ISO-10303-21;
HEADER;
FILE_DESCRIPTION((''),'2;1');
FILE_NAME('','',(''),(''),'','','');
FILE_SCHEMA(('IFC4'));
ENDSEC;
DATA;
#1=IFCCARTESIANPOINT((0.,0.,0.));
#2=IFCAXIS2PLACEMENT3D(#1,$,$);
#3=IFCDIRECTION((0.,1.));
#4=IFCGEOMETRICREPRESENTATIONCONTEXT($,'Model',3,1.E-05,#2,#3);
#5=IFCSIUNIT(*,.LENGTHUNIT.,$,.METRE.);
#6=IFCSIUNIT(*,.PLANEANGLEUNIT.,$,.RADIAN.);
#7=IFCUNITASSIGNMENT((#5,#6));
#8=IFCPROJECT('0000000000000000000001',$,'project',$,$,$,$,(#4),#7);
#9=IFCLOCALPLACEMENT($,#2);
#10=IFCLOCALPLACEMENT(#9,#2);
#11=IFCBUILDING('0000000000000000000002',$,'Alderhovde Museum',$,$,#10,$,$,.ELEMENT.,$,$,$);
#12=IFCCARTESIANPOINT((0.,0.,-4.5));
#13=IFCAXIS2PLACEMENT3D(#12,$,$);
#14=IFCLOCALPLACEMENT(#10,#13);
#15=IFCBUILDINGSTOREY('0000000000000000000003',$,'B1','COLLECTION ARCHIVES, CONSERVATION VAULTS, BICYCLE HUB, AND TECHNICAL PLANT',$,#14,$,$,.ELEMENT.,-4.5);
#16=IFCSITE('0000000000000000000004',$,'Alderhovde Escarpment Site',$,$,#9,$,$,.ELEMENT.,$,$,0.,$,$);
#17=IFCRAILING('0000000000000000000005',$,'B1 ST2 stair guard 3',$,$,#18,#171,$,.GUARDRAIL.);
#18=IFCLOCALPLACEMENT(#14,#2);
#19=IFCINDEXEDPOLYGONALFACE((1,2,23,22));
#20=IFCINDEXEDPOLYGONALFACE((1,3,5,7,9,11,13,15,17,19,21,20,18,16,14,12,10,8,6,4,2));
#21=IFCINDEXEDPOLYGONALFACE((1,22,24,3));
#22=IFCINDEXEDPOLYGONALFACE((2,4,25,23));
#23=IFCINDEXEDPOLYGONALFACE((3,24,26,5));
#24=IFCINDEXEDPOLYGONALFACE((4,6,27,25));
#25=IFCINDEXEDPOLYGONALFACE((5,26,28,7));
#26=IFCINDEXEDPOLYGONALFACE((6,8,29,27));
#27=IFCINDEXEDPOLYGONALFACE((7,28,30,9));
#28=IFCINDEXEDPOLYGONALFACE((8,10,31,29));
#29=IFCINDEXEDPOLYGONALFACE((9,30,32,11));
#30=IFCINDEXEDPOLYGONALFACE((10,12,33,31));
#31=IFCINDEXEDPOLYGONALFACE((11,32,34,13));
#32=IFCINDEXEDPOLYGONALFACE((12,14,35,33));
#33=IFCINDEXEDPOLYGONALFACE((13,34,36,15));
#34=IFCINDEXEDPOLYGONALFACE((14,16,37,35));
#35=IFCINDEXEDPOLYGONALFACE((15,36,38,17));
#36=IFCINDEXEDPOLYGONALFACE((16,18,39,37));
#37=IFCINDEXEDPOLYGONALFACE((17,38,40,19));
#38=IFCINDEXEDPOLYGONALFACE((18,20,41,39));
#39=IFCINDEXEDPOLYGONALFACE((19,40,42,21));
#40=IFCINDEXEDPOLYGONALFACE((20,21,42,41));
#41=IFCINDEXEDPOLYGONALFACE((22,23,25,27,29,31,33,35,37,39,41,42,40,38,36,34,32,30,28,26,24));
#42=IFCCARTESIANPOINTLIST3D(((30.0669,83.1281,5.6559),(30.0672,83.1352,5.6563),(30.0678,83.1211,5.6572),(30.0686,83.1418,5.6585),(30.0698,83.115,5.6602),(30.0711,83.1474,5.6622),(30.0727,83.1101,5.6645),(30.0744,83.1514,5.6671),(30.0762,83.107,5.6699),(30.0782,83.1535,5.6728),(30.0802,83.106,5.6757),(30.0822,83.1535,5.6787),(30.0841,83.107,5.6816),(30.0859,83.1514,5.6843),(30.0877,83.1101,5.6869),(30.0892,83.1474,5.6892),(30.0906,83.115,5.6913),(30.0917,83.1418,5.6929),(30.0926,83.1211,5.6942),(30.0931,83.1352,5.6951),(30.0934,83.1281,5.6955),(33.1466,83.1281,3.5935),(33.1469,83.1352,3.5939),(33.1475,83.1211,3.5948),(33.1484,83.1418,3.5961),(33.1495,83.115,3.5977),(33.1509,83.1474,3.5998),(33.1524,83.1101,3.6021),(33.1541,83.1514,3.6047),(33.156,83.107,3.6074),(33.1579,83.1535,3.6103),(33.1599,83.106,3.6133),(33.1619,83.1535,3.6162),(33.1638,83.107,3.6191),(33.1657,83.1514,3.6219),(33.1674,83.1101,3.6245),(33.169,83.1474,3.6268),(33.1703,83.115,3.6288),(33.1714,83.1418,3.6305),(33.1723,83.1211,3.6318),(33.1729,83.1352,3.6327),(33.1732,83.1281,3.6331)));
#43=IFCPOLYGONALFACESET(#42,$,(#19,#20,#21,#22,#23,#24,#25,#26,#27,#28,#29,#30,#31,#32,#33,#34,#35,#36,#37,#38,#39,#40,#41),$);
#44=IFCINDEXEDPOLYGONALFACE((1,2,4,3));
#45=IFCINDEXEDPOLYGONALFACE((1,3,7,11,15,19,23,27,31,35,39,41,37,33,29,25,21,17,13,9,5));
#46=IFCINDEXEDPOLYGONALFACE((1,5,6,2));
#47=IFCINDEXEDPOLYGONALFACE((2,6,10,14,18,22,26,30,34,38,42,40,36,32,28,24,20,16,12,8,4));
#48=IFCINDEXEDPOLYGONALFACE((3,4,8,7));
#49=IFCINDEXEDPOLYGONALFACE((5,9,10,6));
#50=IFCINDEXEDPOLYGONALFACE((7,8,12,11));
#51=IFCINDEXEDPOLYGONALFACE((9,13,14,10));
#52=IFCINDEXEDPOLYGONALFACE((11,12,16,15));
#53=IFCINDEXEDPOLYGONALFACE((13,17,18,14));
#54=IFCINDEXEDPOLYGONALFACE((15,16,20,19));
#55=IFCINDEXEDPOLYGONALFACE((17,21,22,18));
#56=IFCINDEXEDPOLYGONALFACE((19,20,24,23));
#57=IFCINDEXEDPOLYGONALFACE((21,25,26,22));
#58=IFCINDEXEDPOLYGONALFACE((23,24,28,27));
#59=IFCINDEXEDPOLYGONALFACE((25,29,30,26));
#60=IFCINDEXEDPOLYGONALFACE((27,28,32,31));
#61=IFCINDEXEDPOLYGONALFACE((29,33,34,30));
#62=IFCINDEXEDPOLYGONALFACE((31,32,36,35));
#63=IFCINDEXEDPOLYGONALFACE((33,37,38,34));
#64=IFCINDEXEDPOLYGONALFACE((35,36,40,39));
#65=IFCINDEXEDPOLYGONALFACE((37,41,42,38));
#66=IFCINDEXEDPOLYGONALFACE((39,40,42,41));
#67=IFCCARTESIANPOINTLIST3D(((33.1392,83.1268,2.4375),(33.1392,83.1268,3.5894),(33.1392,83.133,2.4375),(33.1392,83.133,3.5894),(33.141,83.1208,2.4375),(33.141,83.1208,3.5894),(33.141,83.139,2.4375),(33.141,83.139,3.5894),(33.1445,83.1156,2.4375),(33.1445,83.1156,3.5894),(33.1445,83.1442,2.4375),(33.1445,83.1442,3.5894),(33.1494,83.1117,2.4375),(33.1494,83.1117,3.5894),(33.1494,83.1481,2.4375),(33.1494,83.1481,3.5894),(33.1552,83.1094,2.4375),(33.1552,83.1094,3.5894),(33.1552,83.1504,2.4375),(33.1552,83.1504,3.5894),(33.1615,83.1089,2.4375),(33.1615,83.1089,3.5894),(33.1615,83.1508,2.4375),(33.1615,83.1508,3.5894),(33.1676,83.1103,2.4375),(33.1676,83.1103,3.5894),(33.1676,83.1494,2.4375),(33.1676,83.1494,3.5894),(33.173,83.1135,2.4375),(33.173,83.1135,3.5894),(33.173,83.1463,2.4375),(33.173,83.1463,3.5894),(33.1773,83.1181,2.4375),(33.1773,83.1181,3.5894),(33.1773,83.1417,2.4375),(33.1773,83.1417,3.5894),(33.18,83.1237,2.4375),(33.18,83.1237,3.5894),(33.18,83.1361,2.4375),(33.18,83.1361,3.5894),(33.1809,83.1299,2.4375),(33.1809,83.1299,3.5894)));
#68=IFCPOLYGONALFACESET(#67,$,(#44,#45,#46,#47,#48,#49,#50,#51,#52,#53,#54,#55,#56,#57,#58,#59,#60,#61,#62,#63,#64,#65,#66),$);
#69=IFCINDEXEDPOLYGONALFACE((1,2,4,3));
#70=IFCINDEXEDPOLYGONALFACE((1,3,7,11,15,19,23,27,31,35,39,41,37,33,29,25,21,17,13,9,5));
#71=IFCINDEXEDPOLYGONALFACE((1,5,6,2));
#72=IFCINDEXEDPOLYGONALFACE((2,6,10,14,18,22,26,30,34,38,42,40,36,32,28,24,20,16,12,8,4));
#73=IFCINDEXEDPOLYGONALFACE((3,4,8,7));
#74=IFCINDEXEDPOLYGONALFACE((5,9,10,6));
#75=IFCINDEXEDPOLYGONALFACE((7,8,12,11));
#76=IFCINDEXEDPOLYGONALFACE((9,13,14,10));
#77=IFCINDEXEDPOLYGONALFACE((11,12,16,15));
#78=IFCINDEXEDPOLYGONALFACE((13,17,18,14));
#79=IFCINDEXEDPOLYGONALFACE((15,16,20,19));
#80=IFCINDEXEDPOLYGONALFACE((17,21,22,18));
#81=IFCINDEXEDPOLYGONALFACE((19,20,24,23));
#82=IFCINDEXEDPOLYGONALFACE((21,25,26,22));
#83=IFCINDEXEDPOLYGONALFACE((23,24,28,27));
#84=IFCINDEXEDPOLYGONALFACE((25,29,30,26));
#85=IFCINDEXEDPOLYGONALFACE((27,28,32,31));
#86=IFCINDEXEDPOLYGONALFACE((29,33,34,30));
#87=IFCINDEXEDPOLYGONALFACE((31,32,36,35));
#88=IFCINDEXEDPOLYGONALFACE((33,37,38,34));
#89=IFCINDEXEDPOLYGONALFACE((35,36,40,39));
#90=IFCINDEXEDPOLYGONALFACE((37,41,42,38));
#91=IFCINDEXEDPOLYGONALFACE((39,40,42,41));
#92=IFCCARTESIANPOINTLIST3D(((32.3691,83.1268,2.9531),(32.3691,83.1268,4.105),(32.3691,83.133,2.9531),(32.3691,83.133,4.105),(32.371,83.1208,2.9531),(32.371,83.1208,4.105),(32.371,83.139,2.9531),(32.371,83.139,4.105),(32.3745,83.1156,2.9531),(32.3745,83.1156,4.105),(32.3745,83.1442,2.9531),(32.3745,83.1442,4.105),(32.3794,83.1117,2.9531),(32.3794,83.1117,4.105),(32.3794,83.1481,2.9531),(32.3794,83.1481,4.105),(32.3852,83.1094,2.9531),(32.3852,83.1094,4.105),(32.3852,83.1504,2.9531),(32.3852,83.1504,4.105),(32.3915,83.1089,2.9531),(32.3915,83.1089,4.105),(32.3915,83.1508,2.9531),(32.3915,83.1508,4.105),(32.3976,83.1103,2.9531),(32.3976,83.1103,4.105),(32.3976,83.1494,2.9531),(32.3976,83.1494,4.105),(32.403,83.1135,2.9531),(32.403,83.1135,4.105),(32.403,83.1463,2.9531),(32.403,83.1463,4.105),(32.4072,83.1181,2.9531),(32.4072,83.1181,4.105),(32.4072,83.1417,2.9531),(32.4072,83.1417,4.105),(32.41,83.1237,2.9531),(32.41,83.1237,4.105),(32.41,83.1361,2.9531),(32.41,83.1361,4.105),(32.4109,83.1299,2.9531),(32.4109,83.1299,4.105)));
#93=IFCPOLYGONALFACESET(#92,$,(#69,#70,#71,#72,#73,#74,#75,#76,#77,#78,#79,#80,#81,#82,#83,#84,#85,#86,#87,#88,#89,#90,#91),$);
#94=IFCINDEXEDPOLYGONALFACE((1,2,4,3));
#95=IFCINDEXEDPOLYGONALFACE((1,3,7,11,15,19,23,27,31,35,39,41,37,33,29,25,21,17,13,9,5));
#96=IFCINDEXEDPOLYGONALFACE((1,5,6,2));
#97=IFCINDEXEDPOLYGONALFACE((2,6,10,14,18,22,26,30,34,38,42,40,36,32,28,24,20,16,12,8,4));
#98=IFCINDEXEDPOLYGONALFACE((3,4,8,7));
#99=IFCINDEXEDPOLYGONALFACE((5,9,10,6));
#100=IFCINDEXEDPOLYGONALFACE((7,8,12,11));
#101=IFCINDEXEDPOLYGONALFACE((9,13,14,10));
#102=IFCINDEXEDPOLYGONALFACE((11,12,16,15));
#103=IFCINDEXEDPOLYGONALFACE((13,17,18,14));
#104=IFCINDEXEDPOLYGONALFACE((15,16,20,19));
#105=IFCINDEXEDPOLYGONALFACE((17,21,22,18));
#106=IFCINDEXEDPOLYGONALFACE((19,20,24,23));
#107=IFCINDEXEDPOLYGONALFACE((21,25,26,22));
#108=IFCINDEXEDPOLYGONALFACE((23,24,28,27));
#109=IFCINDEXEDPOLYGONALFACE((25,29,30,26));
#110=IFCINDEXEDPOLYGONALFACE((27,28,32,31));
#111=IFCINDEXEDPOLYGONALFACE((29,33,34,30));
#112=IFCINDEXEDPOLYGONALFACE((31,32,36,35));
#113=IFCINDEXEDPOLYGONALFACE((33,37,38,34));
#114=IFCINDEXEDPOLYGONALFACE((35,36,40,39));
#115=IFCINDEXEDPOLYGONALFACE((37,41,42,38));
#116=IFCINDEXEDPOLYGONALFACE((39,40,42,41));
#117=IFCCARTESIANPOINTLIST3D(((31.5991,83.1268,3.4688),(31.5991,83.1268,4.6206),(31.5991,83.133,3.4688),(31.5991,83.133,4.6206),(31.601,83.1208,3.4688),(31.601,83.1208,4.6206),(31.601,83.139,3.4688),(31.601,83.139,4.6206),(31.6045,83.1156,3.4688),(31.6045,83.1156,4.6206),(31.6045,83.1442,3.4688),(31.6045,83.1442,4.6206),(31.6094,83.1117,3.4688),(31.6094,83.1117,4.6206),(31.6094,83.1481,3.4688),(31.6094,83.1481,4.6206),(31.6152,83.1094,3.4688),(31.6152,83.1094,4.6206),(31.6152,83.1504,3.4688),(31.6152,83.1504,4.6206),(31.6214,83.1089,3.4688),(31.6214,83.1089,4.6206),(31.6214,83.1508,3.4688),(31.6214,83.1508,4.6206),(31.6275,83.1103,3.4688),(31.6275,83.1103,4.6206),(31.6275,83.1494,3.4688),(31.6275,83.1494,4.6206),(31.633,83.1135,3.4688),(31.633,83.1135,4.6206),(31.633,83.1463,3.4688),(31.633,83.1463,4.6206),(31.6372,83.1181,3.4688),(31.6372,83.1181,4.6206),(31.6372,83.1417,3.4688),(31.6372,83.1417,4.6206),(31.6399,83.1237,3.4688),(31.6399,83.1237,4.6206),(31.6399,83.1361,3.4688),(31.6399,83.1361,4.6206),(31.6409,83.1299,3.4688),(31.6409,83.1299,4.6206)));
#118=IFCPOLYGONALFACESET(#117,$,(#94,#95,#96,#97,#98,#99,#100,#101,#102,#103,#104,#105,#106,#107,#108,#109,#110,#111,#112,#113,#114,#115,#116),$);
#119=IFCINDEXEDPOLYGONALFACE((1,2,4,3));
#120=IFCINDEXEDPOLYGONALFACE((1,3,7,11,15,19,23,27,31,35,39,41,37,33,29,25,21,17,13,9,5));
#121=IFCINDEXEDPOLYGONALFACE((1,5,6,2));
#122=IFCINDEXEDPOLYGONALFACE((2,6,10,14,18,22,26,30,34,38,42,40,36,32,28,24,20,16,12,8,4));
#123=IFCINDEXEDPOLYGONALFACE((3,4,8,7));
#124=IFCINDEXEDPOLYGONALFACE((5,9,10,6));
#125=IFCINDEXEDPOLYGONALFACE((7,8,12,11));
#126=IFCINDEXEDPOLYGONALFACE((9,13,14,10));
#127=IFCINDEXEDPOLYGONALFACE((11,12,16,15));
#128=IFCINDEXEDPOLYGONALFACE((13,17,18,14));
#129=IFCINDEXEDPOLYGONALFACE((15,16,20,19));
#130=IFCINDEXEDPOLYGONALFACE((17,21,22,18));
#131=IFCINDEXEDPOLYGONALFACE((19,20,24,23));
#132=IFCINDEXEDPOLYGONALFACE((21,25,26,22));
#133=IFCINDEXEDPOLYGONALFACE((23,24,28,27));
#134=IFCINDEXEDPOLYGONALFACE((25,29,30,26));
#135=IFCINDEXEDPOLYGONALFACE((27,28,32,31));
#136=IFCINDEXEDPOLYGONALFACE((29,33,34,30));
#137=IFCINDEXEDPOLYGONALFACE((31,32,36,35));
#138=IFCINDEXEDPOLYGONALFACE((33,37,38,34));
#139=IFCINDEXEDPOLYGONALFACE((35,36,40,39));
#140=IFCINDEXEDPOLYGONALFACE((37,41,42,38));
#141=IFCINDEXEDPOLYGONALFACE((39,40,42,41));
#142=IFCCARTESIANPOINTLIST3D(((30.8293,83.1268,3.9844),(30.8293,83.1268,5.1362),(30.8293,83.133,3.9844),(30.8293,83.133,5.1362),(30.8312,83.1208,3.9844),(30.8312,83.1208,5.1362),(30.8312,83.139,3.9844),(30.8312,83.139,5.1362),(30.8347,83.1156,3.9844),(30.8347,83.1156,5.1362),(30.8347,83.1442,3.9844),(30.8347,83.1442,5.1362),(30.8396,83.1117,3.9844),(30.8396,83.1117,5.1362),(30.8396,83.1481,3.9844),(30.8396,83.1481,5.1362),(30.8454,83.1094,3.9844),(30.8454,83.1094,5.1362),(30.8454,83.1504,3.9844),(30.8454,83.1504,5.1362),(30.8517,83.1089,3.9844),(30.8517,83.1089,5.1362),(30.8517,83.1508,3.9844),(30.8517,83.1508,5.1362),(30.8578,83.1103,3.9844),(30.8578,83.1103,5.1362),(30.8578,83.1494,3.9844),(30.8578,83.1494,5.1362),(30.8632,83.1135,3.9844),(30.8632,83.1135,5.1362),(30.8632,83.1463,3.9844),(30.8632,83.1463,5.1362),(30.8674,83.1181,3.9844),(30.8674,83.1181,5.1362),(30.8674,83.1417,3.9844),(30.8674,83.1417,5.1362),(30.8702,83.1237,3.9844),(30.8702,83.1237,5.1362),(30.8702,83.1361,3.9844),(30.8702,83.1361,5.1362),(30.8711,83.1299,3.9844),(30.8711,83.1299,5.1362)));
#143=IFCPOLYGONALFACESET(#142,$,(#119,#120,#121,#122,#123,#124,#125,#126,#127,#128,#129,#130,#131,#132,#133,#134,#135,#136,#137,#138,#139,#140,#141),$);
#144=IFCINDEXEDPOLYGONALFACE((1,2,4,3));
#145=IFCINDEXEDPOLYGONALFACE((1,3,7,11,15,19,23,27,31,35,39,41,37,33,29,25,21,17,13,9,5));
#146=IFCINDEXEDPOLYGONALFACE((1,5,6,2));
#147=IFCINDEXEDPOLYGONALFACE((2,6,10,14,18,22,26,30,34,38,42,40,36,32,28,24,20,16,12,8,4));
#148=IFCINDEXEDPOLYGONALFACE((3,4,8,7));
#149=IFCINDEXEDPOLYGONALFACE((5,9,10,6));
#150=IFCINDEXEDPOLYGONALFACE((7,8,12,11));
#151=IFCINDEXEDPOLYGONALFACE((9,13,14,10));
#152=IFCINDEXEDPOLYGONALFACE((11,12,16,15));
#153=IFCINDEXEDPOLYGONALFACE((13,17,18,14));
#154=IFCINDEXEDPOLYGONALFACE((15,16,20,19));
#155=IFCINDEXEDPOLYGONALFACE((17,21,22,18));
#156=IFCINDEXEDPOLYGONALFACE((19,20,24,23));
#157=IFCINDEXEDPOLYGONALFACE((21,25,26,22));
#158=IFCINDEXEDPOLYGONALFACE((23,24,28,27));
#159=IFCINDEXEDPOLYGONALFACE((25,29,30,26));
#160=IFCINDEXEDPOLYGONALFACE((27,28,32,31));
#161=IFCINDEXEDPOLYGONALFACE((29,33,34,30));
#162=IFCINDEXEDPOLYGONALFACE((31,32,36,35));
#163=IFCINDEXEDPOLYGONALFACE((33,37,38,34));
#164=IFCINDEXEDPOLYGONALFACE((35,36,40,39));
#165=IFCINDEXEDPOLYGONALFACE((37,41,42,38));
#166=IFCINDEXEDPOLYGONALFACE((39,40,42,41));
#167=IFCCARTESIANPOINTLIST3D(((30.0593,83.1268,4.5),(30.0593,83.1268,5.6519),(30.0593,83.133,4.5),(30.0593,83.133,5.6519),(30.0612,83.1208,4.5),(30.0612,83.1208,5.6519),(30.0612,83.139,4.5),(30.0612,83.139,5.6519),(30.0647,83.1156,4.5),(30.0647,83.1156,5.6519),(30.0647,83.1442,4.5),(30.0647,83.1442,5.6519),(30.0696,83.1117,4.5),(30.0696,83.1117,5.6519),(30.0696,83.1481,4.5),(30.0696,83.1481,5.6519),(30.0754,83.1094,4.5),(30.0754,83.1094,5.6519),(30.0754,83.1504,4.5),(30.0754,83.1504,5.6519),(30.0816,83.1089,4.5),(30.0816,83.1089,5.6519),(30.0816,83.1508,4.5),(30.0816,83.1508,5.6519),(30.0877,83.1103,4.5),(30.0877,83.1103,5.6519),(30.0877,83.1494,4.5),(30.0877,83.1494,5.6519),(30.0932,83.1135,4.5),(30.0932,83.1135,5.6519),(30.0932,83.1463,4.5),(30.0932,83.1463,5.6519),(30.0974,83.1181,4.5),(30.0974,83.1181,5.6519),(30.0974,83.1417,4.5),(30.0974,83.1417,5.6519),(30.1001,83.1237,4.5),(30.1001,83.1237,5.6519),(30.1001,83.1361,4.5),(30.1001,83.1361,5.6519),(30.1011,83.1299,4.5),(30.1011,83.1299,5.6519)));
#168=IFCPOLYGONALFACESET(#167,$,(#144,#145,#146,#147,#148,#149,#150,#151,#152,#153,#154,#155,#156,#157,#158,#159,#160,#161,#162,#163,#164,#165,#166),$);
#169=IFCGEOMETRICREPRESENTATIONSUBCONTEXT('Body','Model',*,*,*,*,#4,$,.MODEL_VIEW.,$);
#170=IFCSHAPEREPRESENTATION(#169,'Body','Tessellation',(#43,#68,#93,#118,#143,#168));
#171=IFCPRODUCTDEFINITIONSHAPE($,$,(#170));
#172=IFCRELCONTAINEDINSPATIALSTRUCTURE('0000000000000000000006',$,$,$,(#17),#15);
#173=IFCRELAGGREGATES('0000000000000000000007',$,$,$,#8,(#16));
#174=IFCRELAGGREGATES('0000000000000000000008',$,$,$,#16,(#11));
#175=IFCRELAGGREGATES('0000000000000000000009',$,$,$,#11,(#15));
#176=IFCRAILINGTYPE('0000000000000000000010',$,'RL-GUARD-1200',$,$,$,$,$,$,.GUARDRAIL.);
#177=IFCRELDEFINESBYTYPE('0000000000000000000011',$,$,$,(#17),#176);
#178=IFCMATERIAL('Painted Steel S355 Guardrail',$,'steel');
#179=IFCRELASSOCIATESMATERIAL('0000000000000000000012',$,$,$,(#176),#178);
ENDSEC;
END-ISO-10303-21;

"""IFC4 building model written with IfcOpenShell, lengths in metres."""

from ifc_helpers import new_model, si_unit, direction, frame, origin, origin_2d, place, context, subcontext, project, spatial, circle, extrude, material, type_object, element, save


model = new_model("IFC4")

# Units and contexts
model_context = context("Model", 3, precision=1e-05, world=origin(), true_north=direction((0.0, 1.0)))
body_context = subcontext(model_context, "Body", "Model", "MODEL_VIEW")
ifc_project = project(units=[si_unit("LENGTHUNIT", "METRE"), si_unit("PLANEANGLEUNIT", "RADIAN")], contexts=[model_context])

# Site, building, storey
site_placement = place(None, origin())
site = spatial("IfcSite", under=ifc_project, at=site_placement, Name="Alderhovde Escarpment Site", CompositionType="ELEMENT", RefElevation=0.0)
building_placement = place(site_placement, origin())
building = spatial("IfcBuilding", under=site, at=building_placement, Name="Alderhovde Museum", CompositionType="ELEMENT")
storey_placement = place(building_placement, frame((0.0, 0.0, -4.5)))
storey = spatial("IfcBuildingStorey", under=building, at=storey_placement, Name="B1", Description="COLLECTION ARCHIVES, CONSERVATION VAULTS, BICYCLE HUB, AND TECHNICAL PLANT", CompositionType="ELEMENT", Elevation=-4.5)

# Railing
ifc_material_1 = material(Name="Painted Steel S355 Guardrail", Category="steel")
railing_type_1 = type_object("IfcRailingType", Name="RL-GUARD-1200", PredefinedType="GUARDRAIL", material=ifc_material_1)
railing_1_placement = place(storey_placement, frame((33.1599, 83.1299, 2.4375)))
element("IfcRailing", 1, at=railing_1_placement, inside=storey, type_object=railing_type_1, Name="B1 ST2 stair guard 3", PredefinedType="GUARDRAIL", context=body_context, shape_type="SweptSolid", body=[
    extrude(circle(Radius=0.0239, at=origin_2d()), frame((0.0, 0.0, 1.1758), z_axis=(-0.830893, 0.0, 0.556432), x_axis=(0.0, -1.0, 0.0)), (0.0, 0.0, 1.0), 3.7065),
    extrude(circle(Radius=0.021, at=origin_2d()), origin(), (0.0, 0.0, 1.0), 1.1519),
    extrude(circle(Radius=0.021, at=origin_2d()), frame((-0.77, 0.0, 0.5156)), (0.0, 0.0, 1.0), 1.1519),
    extrude(circle(Radius=0.021, at=origin_2d()), frame((-1.54, 0.0, 1.0312)), (0.0, 0.0, 1.0), 1.1519),
    extrude(circle(Radius=0.021, at=origin_2d()), frame((-2.3098, 0.0, 1.5469)), (0.0, 0.0, 1.0), 1.1519),
    extrude(circle(Radius=0.021, at=origin_2d()), frame((-3.0798, 0.0, 2.0625)), (0.0, 0.0, 1.0), 1.1519),
])

save(model, "model.ifc")
